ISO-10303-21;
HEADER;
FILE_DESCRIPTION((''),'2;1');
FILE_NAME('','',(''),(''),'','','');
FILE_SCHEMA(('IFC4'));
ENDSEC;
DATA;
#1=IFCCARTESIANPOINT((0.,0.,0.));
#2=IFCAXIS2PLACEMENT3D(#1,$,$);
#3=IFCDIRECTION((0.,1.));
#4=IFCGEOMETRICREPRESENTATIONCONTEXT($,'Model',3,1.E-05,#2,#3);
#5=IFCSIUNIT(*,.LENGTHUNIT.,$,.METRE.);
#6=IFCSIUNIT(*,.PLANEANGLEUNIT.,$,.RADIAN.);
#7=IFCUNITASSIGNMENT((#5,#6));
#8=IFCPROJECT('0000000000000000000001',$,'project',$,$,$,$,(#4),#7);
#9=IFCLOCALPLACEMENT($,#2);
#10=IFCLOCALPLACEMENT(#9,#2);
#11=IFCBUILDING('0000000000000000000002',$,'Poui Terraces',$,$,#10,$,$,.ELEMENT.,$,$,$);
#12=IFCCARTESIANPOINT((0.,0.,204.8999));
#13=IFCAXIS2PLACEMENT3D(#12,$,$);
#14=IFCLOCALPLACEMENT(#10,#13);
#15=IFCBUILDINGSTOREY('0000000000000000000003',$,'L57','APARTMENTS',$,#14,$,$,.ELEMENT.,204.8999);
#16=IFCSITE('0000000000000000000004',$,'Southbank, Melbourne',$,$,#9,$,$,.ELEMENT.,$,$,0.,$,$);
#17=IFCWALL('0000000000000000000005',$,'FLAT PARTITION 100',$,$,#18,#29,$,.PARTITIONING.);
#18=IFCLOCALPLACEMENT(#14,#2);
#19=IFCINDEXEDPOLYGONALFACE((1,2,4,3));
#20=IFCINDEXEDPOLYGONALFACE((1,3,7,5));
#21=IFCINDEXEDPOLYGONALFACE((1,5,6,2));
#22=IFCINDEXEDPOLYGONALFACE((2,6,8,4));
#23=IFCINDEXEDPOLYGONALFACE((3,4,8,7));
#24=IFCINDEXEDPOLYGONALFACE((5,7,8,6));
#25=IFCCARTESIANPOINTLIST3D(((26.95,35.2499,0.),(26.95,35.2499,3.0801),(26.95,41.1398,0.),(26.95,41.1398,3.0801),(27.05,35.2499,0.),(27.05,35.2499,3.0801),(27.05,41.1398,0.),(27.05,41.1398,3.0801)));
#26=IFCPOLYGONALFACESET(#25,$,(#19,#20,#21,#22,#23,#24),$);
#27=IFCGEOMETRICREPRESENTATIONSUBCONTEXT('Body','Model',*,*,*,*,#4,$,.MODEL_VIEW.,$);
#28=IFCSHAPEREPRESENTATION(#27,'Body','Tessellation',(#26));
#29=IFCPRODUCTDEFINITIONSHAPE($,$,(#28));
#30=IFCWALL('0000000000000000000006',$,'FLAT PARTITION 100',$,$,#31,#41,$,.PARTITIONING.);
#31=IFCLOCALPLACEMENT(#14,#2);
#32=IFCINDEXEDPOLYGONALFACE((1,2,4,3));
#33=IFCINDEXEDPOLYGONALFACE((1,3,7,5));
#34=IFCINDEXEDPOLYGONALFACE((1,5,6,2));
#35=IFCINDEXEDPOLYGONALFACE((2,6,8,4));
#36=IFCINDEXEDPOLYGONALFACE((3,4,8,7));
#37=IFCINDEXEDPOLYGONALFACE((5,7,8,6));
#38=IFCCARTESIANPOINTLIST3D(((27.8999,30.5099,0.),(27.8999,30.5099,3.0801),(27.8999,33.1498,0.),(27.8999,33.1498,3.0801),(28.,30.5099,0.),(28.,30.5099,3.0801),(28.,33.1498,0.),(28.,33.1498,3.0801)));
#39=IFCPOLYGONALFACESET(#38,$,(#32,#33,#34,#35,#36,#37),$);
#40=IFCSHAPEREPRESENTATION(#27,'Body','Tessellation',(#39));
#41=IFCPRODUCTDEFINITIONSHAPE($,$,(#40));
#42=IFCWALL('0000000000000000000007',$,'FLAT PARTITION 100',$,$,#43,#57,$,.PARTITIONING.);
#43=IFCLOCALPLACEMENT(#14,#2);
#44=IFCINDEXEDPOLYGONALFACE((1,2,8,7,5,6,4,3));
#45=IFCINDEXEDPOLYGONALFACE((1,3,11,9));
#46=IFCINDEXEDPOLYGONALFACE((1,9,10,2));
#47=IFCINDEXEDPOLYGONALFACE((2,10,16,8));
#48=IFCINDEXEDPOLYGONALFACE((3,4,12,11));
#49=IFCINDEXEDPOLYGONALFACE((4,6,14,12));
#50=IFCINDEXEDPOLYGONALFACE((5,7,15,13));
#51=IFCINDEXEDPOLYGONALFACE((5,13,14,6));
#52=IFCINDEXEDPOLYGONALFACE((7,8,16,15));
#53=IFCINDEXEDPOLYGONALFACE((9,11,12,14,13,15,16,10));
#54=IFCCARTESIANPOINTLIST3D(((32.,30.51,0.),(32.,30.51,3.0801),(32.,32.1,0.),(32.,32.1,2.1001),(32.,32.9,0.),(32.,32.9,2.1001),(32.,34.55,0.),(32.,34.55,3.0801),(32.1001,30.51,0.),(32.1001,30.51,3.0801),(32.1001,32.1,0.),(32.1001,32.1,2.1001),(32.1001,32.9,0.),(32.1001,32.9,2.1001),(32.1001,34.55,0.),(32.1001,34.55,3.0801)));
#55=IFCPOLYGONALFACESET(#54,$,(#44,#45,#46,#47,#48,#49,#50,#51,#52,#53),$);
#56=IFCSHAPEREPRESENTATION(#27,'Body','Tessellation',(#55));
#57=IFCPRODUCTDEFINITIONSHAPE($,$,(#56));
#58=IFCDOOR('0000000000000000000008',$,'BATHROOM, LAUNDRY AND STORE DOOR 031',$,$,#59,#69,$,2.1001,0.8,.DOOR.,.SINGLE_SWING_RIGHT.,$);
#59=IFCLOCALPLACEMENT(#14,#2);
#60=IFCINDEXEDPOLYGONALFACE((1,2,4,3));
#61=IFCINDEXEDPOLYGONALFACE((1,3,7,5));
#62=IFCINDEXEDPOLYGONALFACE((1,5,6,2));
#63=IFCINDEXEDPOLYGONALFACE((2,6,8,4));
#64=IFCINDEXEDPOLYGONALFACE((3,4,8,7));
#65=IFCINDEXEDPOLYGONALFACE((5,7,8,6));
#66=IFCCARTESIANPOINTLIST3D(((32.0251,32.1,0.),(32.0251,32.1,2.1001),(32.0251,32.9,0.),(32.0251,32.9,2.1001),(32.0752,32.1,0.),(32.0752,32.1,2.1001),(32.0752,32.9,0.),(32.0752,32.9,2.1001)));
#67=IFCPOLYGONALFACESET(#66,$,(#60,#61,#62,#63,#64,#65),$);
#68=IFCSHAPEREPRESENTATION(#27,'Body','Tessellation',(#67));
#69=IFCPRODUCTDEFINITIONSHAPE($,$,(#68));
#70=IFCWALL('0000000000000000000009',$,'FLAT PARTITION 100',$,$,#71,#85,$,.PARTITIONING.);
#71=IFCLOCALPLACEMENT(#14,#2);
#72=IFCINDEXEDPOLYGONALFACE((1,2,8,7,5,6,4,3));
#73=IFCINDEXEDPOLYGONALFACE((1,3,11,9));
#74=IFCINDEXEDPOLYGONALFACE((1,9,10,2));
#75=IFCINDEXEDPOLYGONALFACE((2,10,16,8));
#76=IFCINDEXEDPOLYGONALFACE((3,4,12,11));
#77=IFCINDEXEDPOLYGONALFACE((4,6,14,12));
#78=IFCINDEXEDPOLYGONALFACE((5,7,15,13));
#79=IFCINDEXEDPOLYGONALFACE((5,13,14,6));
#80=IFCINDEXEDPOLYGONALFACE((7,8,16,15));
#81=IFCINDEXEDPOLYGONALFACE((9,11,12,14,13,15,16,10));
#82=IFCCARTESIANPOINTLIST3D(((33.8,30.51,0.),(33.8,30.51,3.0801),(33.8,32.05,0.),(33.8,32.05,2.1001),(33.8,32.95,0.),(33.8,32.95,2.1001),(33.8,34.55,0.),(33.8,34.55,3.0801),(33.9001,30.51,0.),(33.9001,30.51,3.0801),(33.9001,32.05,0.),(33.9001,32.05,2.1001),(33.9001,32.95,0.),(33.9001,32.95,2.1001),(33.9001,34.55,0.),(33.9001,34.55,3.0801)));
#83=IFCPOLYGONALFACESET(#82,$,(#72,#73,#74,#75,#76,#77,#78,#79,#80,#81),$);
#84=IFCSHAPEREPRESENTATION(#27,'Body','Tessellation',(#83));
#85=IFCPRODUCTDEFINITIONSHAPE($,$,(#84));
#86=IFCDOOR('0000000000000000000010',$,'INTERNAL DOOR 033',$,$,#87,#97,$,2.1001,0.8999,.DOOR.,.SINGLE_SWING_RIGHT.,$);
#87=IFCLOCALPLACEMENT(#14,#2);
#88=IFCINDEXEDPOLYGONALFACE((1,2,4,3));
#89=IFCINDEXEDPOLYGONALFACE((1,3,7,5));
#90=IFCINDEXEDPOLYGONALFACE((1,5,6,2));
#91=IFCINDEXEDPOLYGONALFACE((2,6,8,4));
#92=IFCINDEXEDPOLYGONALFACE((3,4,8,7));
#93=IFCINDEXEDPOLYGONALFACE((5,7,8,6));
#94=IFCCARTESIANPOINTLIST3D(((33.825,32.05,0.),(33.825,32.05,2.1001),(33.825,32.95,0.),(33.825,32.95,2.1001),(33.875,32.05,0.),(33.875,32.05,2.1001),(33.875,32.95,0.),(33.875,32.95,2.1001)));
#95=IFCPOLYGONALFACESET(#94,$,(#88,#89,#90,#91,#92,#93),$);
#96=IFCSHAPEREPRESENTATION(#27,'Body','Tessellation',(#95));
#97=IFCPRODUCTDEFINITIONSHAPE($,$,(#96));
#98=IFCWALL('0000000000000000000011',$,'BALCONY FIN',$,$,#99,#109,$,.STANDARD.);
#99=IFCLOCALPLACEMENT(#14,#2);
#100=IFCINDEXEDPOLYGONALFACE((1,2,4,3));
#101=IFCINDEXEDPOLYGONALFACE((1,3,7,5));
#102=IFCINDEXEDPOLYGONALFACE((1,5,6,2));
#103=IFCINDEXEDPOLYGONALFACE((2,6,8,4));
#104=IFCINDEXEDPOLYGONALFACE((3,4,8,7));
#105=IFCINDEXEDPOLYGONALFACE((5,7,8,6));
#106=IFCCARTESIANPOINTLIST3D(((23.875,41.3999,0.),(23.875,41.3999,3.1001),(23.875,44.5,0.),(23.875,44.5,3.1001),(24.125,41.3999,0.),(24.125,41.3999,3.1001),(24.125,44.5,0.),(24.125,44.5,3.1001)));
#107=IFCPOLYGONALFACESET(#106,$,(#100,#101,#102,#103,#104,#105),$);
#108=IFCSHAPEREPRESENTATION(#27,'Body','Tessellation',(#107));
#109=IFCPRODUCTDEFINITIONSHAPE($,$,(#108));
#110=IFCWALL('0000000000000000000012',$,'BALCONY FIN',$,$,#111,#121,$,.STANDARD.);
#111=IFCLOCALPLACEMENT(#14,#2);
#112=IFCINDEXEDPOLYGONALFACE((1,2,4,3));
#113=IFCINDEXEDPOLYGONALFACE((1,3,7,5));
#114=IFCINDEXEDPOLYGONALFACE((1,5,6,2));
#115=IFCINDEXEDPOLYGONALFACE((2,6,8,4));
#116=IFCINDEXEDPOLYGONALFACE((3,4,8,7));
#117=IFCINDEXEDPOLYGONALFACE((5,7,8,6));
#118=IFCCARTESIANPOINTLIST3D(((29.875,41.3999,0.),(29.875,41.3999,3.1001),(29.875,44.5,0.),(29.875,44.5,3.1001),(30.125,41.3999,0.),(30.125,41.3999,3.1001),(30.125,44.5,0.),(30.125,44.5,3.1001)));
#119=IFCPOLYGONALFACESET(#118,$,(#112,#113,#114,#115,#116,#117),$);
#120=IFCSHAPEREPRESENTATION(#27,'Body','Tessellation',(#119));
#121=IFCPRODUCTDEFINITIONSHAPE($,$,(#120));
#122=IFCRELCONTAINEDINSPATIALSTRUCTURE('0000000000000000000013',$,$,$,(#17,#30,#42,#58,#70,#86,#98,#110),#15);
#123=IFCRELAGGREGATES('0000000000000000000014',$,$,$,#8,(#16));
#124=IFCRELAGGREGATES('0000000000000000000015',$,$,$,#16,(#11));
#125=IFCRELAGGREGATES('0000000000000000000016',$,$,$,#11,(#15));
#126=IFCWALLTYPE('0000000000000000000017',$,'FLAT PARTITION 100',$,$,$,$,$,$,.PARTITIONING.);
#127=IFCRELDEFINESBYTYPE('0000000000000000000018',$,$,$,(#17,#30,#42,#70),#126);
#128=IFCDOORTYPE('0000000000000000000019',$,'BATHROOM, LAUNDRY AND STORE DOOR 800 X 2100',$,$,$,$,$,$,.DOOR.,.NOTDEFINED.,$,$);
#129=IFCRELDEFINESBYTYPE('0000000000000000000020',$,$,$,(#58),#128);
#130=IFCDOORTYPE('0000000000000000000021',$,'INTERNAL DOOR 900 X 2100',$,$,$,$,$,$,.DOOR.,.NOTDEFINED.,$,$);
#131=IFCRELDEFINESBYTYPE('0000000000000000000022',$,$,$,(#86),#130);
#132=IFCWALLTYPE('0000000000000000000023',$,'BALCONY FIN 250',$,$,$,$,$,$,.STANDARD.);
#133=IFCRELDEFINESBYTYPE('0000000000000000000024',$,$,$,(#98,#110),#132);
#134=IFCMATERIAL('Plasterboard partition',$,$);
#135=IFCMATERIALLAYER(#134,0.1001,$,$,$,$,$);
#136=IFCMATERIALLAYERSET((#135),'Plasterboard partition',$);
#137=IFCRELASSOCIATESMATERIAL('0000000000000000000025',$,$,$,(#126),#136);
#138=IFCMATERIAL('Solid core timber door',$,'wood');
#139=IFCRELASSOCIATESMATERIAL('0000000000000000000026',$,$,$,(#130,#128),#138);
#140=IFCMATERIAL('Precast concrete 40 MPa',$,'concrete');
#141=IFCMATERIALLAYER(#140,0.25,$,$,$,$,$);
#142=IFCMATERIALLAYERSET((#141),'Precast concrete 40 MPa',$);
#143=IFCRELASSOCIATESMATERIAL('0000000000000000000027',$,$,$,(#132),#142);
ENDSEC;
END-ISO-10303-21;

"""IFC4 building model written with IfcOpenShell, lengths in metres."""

from ifc_helpers import new_model, si_unit, direction, frame, frame_2d, origin, place, context, subcontext, project, spatial, polyline, rectangle, outline, extrude, source, transform, mapped, material, layer, layer_set, type_object, element, fill, save


model = new_model("IFC4")

# Units and contexts
model_context = context("Model", 3, precision=1e-05, world=origin(), true_north=direction((0.0, 1.0)))
body_context = subcontext(model_context, "Body", "Model", "MODEL_VIEW")
ifc_project = project(units=[si_unit("LENGTHUNIT", "METRE"), si_unit("PLANEANGLEUNIT", "RADIAN")], contexts=[model_context])

# Site, building, storey
site_placement = place(None, origin())
site = spatial("IfcSite", under=ifc_project, at=site_placement, Name="Southbank, Melbourne", CompositionType="ELEMENT", RefElevation=0.0)
building_placement = place(site_placement, origin())
building = spatial("IfcBuilding", under=site, at=building_placement, Name="Poui Terraces", CompositionType="ELEMENT")
storey_placement = place(building_placement, frame((0.0, 0.0, 204.8999)))
storey = spatial("IfcBuildingStorey", under=building, at=storey_placement, Name="L57", Description="APARTMENTS", CompositionType="ELEMENT", Elevation=204.8999)

# Shared definitions
ifc_material_1 = material(Name="Plasterboard partition")
ifc_layer_1 = layer(ifc_material_1, 0.1001)
ifc_layer_set_1 = layer_set([ifc_layer_1], Name="Plasterboard partition")
wall_type_1 = type_object("IfcWallType", Name="FLAT PARTITION 100", PredefinedType="PARTITIONING", material=ifc_layer_set_1)
ifc_material_2 = material(Name="Solid core timber door", Category="wood")
door_type_1 = type_object("IfcDoorType", Name="INTERNAL DOOR 900 X 2100", OperationType="NOTDEFINED", PredefinedType="DOOR", material=ifc_material_2)
door_type_2 = type_object("IfcDoorType", Name="BATHROOM, LAUNDRY AND STORE DOOR 800 X 2100", OperationType="NOTDEFINED", PredefinedType="DOOR", material=ifc_material_2)

# Walls
wall_1_placement = place(storey_placement, frame((27.0, 35.25, 0.0), z_axis=(0.0, 0.0, 1.0), x_axis=(0.0, 1.0, 0.0)))
element("IfcWall", 1, at=wall_1_placement, inside=storey, type_object=wall_type_1, Name="FLAT PARTITION 100", PredefinedType="PARTITIONING", context=body_context, shape_type="SweptSolid", body=[
    extrude(rectangle(XDim=5.8899, YDim=0.1001, at=frame_2d((2.9448, 0.0))), origin(), (0.0, 0.0, 1.0), 3.0801),
])
wall_2_placement = place(storey_placement, frame((27.95, 30.51, 0.0), z_axis=(0.0, 0.0, 1.0), x_axis=(0.0, 1.0, 0.0)))
element("IfcWall", 2, at=wall_2_placement, inside=storey, type_object=wall_type_1, Name="FLAT PARTITION 100", PredefinedType="PARTITIONING", context=body_context, shape_type="SweptSolid", body=[
    extrude(rectangle(XDim=2.6399, YDim=0.1001, at=frame_2d((1.3198, 0.0))), origin(), (0.0, 0.0, 1.0), 3.0801),
])

# Walls, openings, doors
wall_3_placement = place(storey_placement, frame((32.05, 30.51, 0.0), z_axis=(0.0, 0.0, 1.0), x_axis=(0.0, 1.0, 0.0)))
wall_3 = element("IfcWall", 3, at=wall_3_placement, inside=storey, type_object=wall_type_1, Name="FLAT PARTITION 100", PredefinedType="PARTITIONING", context=body_context, shape_type="SweptSolid", body=[
    extrude(rectangle(XDim=4.04, YDim=0.1001, at=frame_2d((2.02, 0.0))), origin(), (0.0, 0.0, 1.0), 3.0801),
])
opening_1_placement = place(wall_3_placement, frame((1.5901, 0.0, 0.0)))
opening_1 = element("IfcOpeningElement", 4, at=opening_1_placement, cuts=wall_3, PredefinedType="OPENING", context=body_context, shape_type="SweptSolid", body=[
    extrude(rectangle(XDim=0.8, YDim=2.1001, at=frame_2d((0.3999, 1.05))), frame((0.0, 0.0601, 0.0), z_axis=(0.0, -1.0, 0.0), x_axis=(1.0, 0.0, 0.0)), (0.0, 0.0, 1.0), 0.1201),
])
door_1_placement = place(opening_1_placement, origin())
door_1 = element("IfcDoor", 5, at=door_1_placement, inside=storey, type_object=door_type_2, Name="BATHROOM, LAUNDRY AND STORE DOOR 031", OperationType="SINGLE_SWING_RIGHT", OverallHeight=2.1001, OverallWidth=0.8, PredefinedType="DOOR", context=body_context, shape_type="SweptSolid", body=[
    extrude(rectangle(XDim=0.8, YDim=2.1001, at=frame_2d((0.3999, 1.05))), frame((0.0, 0.0249, 0.0), z_axis=(0.0, -1.0, 0.0), x_axis=(1.0, 0.0, 0.0)), (0.0, 0.0, 1.0), 0.05),
])
fill(opening_1, door_1)
wall_4_placement = place(storey_placement, frame((33.8501, 30.51, 0.0), z_axis=(0.0, 0.0, 1.0), x_axis=(0.0, 1.0, 0.0)))
wall_4 = element("IfcWall", 6, at=wall_4_placement, inside=storey, type_object=wall_type_1, Name="FLAT PARTITION 100", PredefinedType="PARTITIONING", context=body_context, shape_type="SweptSolid", body=[
    extrude(rectangle(XDim=4.04, YDim=0.1001, at=frame_2d((2.02, 0.0))), origin(), (0.0, 0.0, 1.0), 3.0801),
])
opening_2_placement = place(wall_4_placement, frame((1.54, 0.0, 0.0)))
opening_2 = element("IfcOpeningElement", 7, at=opening_2_placement, cuts=wall_4, PredefinedType="OPENING", context=body_context, shape_type="SweptSolid", body=[
    extrude(rectangle(XDim=0.8999, YDim=2.1001, at=frame_2d((0.45, 1.05))), frame((0.0, 0.0601, 0.0), z_axis=(0.0, -1.0, 0.0), x_axis=(1.0, 0.0, 0.0)), (0.0, 0.0, 1.0), 0.1201),
])
door_2_placement = place(opening_2_placement, frame((0.8999, 0.0, 0.0), z_axis=(0.0, 0.0, 1.0), x_axis=(-1.0, 0.0, 0.0)))
door_2 = element("IfcDoor", 8, at=door_2_placement, inside=storey, type_object=door_type_1, Name="INTERNAL DOOR 033", OperationType="SINGLE_SWING_RIGHT", OverallHeight=2.1001, OverallWidth=0.8999, PredefinedType="DOOR", context=body_context, shape_type="SweptSolid", body=[
    extrude(rectangle(XDim=0.8999, YDim=2.1001, at=frame_2d((0.45, 1.05))), frame((0.0, 0.0249, 0.0), z_axis=(0.0, -1.0, 0.0), x_axis=(1.0, 0.0, 0.0)), (0.0, 0.0, 1.0), 0.05),
])
fill(opening_2, door_2)

# Walls
ifc_material_3 = material(Name="Precast concrete 40 MPa", Category="concrete")
ifc_layer_2 = layer(ifc_material_3, 0.25)
ifc_layer_set_2 = layer_set([ifc_layer_2], Name="Precast concrete 40 MPa")
wall_type_2 = type_object("IfcWallType", Name="BALCONY FIN 250", PredefinedType="STANDARD", material=ifc_layer_set_2)
shared_shape_1 = source(origin(), body_context, "Body", "SweptSolid", [
    extrude(outline(polyline([(0.0, 0.0), (0.25, 0.0), (0.25, 3.1001), (0.0, 3.1001), (0.0, 0.0)])), origin(), (0.0, 0.0, 1.0), 3.1001),
])
for number, where, name in (
    (9, (23.875, 41.3999, 0.0), "BALCONY FIN"),
    (10, (29.875, 41.3999, 0.0), "BALCONY FIN"),
):
    element("IfcWall", number, at=place(storey_placement, frame(where)), inside=storey, type_object=wall_type_2, Name=name, PredefinedType="STANDARD", context=body_context, shape_type="MappedRepresentation", body=[
        mapped(shared_shape_1, transform((0.0, 0.0, 0.0))),
    ])

save(model, "model.ifc")
